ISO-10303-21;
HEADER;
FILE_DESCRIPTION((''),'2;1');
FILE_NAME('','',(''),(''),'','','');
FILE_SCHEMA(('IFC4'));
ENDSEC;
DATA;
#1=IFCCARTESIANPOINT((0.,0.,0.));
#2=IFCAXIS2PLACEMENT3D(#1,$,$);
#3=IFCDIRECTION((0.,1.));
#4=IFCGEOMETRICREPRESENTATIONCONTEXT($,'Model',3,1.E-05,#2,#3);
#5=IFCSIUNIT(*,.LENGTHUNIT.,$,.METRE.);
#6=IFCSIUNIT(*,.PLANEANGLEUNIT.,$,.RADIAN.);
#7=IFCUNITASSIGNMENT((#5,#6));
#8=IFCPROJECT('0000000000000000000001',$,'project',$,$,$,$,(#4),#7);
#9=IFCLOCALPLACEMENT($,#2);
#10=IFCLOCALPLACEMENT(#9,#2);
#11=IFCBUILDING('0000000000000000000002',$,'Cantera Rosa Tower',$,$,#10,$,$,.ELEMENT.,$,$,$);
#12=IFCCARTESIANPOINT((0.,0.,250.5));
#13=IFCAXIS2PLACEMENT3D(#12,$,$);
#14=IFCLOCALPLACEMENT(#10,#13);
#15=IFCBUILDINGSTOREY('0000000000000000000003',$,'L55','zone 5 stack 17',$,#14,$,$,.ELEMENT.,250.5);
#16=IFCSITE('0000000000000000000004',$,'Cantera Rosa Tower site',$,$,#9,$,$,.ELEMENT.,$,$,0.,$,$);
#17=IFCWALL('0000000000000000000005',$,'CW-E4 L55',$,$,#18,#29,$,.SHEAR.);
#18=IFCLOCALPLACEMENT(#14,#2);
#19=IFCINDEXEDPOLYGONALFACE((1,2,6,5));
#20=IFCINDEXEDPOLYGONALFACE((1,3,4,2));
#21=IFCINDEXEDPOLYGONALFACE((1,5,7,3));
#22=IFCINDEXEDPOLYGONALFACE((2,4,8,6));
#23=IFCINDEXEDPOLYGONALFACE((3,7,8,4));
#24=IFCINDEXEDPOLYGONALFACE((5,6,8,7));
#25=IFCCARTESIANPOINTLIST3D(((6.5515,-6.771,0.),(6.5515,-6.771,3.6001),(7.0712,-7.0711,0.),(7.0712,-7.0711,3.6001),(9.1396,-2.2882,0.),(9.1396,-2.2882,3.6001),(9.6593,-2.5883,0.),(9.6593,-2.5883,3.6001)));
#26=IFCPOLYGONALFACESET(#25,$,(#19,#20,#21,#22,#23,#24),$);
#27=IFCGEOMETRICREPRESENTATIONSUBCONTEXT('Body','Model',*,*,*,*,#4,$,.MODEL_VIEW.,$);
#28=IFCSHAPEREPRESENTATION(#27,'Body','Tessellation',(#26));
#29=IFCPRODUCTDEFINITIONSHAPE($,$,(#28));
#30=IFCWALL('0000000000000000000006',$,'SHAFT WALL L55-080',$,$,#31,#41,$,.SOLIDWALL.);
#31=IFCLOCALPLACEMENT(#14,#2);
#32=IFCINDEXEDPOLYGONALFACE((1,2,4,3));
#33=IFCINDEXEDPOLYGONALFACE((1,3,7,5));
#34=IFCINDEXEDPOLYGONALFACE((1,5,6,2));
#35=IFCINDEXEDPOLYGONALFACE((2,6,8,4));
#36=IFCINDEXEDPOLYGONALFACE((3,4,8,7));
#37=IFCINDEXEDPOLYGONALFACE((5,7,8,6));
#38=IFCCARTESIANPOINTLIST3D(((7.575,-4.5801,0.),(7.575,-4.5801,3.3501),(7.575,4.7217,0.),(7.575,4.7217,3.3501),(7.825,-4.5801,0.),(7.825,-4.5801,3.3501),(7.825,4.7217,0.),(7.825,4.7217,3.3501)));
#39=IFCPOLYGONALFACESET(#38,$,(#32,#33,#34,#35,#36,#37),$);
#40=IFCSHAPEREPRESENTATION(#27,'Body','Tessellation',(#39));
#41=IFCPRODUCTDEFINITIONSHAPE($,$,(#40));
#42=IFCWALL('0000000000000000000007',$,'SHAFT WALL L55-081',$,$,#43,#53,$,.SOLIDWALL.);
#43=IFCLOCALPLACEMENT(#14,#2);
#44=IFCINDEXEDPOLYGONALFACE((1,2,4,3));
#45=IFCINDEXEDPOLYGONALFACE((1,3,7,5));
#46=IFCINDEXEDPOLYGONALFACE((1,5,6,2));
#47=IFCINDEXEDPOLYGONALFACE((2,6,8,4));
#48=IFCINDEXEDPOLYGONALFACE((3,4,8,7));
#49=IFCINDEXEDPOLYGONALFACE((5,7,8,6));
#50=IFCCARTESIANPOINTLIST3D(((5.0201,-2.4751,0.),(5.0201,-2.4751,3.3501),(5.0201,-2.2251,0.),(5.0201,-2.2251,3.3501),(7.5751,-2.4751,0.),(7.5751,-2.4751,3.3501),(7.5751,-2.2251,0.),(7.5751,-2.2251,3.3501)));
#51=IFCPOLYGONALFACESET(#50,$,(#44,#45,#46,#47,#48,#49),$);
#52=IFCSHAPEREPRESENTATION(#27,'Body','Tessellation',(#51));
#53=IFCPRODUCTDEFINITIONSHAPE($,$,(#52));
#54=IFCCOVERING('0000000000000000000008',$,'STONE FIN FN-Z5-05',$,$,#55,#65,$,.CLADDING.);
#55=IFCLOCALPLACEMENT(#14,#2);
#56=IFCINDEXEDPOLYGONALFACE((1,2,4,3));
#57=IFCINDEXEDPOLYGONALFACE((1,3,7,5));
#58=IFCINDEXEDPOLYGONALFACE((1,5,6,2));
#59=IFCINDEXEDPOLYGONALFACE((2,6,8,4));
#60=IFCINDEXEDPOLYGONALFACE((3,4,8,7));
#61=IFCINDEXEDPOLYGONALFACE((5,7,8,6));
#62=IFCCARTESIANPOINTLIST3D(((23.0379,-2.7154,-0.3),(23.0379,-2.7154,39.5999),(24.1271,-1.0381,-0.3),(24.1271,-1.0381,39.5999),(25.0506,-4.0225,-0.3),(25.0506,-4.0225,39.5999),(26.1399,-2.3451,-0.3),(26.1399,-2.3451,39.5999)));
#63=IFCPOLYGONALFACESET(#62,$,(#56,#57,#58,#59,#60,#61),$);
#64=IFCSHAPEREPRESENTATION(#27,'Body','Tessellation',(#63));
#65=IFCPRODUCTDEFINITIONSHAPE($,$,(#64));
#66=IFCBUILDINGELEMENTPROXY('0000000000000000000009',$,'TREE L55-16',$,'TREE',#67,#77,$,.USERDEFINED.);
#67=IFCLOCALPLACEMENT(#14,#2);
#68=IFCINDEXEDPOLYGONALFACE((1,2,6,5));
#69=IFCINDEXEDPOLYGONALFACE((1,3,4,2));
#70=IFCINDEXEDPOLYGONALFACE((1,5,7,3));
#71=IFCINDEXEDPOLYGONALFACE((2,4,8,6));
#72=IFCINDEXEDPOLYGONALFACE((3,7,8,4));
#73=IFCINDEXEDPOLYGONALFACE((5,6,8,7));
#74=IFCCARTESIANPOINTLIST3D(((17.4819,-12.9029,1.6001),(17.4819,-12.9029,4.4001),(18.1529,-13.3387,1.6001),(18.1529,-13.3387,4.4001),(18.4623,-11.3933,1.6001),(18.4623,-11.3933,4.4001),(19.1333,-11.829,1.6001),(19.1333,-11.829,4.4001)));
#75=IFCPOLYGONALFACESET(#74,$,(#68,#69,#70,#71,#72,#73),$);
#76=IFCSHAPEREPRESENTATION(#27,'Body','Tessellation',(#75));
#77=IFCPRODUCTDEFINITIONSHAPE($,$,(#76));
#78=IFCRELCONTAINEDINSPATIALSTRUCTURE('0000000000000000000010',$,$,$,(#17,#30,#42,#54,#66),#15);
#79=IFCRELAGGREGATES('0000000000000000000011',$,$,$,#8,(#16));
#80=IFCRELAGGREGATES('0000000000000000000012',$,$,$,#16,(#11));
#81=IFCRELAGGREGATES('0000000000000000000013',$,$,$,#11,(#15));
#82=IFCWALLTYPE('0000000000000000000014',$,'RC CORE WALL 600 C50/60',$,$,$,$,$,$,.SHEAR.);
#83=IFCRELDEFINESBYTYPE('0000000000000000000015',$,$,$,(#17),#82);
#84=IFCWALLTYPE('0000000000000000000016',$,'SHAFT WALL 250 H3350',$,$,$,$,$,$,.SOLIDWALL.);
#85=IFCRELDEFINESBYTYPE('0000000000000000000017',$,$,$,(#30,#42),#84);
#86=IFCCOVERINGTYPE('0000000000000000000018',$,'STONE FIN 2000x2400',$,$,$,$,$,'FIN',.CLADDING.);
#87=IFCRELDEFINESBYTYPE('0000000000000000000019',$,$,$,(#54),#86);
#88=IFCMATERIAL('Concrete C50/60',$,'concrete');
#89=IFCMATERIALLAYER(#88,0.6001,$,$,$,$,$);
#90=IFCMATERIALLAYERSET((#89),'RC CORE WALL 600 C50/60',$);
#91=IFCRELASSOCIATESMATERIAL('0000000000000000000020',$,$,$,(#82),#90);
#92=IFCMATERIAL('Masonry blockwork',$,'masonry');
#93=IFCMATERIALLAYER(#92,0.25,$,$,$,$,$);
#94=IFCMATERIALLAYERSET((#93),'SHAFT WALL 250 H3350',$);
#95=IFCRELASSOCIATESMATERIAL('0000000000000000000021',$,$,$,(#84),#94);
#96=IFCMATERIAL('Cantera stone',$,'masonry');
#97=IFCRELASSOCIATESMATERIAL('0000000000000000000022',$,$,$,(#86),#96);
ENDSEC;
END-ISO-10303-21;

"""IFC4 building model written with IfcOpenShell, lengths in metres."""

from ifc_helpers import new_model, si_unit, direction, frame, frame_2d, origin, origin_2d, place, context, subcontext, project, spatial, rectangle, extrude, material, layer, layer_set, type_object, element, save


model = new_model("IFC4")

# Units and contexts
model_context = context("Model", 3, precision=1e-05, world=origin(), true_north=direction((0.0, 1.0)))
body_context = subcontext(model_context, "Body", "Model", "MODEL_VIEW")
ifc_project = project(units=[si_unit("LENGTHUNIT", "METRE"), si_unit("PLANEANGLEUNIT", "RADIAN")], contexts=[model_context])

# Site, building, storey
site_placement = place(None, origin())
site = spatial("IfcSite", under=ifc_project, at=site_placement, Name="Cantera Rosa Tower site", CompositionType="ELEMENT", RefElevation=0.0)
building_placement = place(site_placement, origin())
building = spatial("IfcBuilding", under=site, at=building_placement, Name="Cantera Rosa Tower", CompositionType="ELEMENT")
storey_placement = place(building_placement, frame((0.0, 0.0, 250.5)))
storey = spatial("IfcBuildingStorey", under=building, at=storey_placement, Name="L55", Description="zone 5 stack 17", CompositionType="ELEMENT", Elevation=250.5)

# Walls
ifc_material_1 = material(Name="Concrete C50/60", Category="concrete")
ifc_layer_1 = layer(ifc_material_1, 0.6001)
ifc_layer_set_1 = layer_set([ifc_layer_1], Name="RC CORE WALL 600 C50/60")
wall_type_1 = type_object("IfcWallType", Name="RC CORE WALL 600 C50/60", PredefinedType="SHEAR", material=ifc_layer_set_1)
wall_1_placement = place(storey_placement, frame((9.3994, -2.4382, 0.0), z_axis=(0.0, 0.0, 1.0), x_axis=(-0.499989, -0.866032, 0.0)))
element("IfcWall", 1, at=wall_1_placement, inside=storey, type_object=wall_type_1, Name="CW-E4 L55", PredefinedType="SHEAR", context=body_context, shape_type="SweptSolid", body=[
    extrude(rectangle(XDim=5.1763, YDim=0.6001, at=frame_2d((2.5881, 0.0))), origin(), (0.0, 0.0, 1.0), 3.6001),
])
ifc_material_2 = material(Name="Masonry blockwork", Category="masonry")
ifc_layer_2 = layer(ifc_material_2, 0.25)
ifc_layer_set_2 = layer_set([ifc_layer_2], Name="SHAFT WALL 250 H3350")
wall_type_2 = type_object("IfcWallType", Name="SHAFT WALL 250 H3350", PredefinedType="SOLIDWALL", material=ifc_layer_set_2)
wall_2_placement = place(storey_placement, frame((7.7, -4.5801, 0.0), z_axis=(0.0, 0.0, 1.0), x_axis=(0.0, 1.0, 0.0)))
element("IfcWall", 2, at=wall_2_placement, inside=storey, type_object=wall_type_2, Name="SHAFT WALL L55-080", PredefinedType="SOLIDWALL", context=body_context, shape_type="SweptSolid", body=[
    extrude(rectangle(XDim=9.3018, YDim=0.25, at=frame_2d((4.6509, 0.0))), origin(), (0.0, 0.0, 1.0), 3.3501),
])
wall_3_placement = place(storey_placement, frame((7.575, -2.3501, 0.0), z_axis=(0.0, 0.0, 1.0), x_axis=(-1.0, 0.0, 0.0)))
element("IfcWall", 3, at=wall_3_placement, inside=storey, type_object=wall_type_2, Name="SHAFT WALL L55-081", PredefinedType="SOLIDWALL", context=body_context, shape_type="SweptSolid", body=[
    extrude(rectangle(XDim=2.5549, YDim=0.25, at=frame_2d((1.2773, 0.0))), origin(), (0.0, 0.0, 1.0), 3.3501),
])

# Covering
ifc_material_3 = material(Name="Cantera stone", Category="masonry")
covering_type = type_object("IfcCoveringType", Name="STONE FIN 2000x2400", ElementType="FIN", PredefinedType="CLADDING", material=ifc_material_3)
covering_placement = place(storey_placement, frame((24.5889, -2.5303, -0.3), z_axis=(0.0, 0.0, 1.0), x_axis=(0.544639, 0.838671, 0.0)))
element("IfcCovering", 4, at=covering_placement, inside=storey, type_object=covering_type, Name="STONE FIN FN-Z5-05", PredefinedType="CLADDING", context=body_context, shape_type="SweptSolid", body=[
    extrude(rectangle(XDim=2.0, YDim=2.3999, at=origin_2d()), origin(), (0.0, 0.0, 1.0), 39.8999),
])

# Building element proxy
proxy_placement = place(storey_placement, frame((18.3076, -12.366, 1.6001), z_axis=(0.0, 0.0, 1.0), x_axis=(0.544639, 0.838671, 0.0)))
element("IfcBuildingElementProxy", 5, at=proxy_placement, inside=storey, Name="TREE L55-16", ObjectType="TREE", PredefinedType="USERDEFINED", context=body_context, shape_type="SweptSolid", body=[
    extrude(rectangle(XDim=1.8, YDim=0.8, at=origin_2d()), origin(), (0.0, 0.0, 1.0), 2.8),
])

save(model, "model.ifc")
